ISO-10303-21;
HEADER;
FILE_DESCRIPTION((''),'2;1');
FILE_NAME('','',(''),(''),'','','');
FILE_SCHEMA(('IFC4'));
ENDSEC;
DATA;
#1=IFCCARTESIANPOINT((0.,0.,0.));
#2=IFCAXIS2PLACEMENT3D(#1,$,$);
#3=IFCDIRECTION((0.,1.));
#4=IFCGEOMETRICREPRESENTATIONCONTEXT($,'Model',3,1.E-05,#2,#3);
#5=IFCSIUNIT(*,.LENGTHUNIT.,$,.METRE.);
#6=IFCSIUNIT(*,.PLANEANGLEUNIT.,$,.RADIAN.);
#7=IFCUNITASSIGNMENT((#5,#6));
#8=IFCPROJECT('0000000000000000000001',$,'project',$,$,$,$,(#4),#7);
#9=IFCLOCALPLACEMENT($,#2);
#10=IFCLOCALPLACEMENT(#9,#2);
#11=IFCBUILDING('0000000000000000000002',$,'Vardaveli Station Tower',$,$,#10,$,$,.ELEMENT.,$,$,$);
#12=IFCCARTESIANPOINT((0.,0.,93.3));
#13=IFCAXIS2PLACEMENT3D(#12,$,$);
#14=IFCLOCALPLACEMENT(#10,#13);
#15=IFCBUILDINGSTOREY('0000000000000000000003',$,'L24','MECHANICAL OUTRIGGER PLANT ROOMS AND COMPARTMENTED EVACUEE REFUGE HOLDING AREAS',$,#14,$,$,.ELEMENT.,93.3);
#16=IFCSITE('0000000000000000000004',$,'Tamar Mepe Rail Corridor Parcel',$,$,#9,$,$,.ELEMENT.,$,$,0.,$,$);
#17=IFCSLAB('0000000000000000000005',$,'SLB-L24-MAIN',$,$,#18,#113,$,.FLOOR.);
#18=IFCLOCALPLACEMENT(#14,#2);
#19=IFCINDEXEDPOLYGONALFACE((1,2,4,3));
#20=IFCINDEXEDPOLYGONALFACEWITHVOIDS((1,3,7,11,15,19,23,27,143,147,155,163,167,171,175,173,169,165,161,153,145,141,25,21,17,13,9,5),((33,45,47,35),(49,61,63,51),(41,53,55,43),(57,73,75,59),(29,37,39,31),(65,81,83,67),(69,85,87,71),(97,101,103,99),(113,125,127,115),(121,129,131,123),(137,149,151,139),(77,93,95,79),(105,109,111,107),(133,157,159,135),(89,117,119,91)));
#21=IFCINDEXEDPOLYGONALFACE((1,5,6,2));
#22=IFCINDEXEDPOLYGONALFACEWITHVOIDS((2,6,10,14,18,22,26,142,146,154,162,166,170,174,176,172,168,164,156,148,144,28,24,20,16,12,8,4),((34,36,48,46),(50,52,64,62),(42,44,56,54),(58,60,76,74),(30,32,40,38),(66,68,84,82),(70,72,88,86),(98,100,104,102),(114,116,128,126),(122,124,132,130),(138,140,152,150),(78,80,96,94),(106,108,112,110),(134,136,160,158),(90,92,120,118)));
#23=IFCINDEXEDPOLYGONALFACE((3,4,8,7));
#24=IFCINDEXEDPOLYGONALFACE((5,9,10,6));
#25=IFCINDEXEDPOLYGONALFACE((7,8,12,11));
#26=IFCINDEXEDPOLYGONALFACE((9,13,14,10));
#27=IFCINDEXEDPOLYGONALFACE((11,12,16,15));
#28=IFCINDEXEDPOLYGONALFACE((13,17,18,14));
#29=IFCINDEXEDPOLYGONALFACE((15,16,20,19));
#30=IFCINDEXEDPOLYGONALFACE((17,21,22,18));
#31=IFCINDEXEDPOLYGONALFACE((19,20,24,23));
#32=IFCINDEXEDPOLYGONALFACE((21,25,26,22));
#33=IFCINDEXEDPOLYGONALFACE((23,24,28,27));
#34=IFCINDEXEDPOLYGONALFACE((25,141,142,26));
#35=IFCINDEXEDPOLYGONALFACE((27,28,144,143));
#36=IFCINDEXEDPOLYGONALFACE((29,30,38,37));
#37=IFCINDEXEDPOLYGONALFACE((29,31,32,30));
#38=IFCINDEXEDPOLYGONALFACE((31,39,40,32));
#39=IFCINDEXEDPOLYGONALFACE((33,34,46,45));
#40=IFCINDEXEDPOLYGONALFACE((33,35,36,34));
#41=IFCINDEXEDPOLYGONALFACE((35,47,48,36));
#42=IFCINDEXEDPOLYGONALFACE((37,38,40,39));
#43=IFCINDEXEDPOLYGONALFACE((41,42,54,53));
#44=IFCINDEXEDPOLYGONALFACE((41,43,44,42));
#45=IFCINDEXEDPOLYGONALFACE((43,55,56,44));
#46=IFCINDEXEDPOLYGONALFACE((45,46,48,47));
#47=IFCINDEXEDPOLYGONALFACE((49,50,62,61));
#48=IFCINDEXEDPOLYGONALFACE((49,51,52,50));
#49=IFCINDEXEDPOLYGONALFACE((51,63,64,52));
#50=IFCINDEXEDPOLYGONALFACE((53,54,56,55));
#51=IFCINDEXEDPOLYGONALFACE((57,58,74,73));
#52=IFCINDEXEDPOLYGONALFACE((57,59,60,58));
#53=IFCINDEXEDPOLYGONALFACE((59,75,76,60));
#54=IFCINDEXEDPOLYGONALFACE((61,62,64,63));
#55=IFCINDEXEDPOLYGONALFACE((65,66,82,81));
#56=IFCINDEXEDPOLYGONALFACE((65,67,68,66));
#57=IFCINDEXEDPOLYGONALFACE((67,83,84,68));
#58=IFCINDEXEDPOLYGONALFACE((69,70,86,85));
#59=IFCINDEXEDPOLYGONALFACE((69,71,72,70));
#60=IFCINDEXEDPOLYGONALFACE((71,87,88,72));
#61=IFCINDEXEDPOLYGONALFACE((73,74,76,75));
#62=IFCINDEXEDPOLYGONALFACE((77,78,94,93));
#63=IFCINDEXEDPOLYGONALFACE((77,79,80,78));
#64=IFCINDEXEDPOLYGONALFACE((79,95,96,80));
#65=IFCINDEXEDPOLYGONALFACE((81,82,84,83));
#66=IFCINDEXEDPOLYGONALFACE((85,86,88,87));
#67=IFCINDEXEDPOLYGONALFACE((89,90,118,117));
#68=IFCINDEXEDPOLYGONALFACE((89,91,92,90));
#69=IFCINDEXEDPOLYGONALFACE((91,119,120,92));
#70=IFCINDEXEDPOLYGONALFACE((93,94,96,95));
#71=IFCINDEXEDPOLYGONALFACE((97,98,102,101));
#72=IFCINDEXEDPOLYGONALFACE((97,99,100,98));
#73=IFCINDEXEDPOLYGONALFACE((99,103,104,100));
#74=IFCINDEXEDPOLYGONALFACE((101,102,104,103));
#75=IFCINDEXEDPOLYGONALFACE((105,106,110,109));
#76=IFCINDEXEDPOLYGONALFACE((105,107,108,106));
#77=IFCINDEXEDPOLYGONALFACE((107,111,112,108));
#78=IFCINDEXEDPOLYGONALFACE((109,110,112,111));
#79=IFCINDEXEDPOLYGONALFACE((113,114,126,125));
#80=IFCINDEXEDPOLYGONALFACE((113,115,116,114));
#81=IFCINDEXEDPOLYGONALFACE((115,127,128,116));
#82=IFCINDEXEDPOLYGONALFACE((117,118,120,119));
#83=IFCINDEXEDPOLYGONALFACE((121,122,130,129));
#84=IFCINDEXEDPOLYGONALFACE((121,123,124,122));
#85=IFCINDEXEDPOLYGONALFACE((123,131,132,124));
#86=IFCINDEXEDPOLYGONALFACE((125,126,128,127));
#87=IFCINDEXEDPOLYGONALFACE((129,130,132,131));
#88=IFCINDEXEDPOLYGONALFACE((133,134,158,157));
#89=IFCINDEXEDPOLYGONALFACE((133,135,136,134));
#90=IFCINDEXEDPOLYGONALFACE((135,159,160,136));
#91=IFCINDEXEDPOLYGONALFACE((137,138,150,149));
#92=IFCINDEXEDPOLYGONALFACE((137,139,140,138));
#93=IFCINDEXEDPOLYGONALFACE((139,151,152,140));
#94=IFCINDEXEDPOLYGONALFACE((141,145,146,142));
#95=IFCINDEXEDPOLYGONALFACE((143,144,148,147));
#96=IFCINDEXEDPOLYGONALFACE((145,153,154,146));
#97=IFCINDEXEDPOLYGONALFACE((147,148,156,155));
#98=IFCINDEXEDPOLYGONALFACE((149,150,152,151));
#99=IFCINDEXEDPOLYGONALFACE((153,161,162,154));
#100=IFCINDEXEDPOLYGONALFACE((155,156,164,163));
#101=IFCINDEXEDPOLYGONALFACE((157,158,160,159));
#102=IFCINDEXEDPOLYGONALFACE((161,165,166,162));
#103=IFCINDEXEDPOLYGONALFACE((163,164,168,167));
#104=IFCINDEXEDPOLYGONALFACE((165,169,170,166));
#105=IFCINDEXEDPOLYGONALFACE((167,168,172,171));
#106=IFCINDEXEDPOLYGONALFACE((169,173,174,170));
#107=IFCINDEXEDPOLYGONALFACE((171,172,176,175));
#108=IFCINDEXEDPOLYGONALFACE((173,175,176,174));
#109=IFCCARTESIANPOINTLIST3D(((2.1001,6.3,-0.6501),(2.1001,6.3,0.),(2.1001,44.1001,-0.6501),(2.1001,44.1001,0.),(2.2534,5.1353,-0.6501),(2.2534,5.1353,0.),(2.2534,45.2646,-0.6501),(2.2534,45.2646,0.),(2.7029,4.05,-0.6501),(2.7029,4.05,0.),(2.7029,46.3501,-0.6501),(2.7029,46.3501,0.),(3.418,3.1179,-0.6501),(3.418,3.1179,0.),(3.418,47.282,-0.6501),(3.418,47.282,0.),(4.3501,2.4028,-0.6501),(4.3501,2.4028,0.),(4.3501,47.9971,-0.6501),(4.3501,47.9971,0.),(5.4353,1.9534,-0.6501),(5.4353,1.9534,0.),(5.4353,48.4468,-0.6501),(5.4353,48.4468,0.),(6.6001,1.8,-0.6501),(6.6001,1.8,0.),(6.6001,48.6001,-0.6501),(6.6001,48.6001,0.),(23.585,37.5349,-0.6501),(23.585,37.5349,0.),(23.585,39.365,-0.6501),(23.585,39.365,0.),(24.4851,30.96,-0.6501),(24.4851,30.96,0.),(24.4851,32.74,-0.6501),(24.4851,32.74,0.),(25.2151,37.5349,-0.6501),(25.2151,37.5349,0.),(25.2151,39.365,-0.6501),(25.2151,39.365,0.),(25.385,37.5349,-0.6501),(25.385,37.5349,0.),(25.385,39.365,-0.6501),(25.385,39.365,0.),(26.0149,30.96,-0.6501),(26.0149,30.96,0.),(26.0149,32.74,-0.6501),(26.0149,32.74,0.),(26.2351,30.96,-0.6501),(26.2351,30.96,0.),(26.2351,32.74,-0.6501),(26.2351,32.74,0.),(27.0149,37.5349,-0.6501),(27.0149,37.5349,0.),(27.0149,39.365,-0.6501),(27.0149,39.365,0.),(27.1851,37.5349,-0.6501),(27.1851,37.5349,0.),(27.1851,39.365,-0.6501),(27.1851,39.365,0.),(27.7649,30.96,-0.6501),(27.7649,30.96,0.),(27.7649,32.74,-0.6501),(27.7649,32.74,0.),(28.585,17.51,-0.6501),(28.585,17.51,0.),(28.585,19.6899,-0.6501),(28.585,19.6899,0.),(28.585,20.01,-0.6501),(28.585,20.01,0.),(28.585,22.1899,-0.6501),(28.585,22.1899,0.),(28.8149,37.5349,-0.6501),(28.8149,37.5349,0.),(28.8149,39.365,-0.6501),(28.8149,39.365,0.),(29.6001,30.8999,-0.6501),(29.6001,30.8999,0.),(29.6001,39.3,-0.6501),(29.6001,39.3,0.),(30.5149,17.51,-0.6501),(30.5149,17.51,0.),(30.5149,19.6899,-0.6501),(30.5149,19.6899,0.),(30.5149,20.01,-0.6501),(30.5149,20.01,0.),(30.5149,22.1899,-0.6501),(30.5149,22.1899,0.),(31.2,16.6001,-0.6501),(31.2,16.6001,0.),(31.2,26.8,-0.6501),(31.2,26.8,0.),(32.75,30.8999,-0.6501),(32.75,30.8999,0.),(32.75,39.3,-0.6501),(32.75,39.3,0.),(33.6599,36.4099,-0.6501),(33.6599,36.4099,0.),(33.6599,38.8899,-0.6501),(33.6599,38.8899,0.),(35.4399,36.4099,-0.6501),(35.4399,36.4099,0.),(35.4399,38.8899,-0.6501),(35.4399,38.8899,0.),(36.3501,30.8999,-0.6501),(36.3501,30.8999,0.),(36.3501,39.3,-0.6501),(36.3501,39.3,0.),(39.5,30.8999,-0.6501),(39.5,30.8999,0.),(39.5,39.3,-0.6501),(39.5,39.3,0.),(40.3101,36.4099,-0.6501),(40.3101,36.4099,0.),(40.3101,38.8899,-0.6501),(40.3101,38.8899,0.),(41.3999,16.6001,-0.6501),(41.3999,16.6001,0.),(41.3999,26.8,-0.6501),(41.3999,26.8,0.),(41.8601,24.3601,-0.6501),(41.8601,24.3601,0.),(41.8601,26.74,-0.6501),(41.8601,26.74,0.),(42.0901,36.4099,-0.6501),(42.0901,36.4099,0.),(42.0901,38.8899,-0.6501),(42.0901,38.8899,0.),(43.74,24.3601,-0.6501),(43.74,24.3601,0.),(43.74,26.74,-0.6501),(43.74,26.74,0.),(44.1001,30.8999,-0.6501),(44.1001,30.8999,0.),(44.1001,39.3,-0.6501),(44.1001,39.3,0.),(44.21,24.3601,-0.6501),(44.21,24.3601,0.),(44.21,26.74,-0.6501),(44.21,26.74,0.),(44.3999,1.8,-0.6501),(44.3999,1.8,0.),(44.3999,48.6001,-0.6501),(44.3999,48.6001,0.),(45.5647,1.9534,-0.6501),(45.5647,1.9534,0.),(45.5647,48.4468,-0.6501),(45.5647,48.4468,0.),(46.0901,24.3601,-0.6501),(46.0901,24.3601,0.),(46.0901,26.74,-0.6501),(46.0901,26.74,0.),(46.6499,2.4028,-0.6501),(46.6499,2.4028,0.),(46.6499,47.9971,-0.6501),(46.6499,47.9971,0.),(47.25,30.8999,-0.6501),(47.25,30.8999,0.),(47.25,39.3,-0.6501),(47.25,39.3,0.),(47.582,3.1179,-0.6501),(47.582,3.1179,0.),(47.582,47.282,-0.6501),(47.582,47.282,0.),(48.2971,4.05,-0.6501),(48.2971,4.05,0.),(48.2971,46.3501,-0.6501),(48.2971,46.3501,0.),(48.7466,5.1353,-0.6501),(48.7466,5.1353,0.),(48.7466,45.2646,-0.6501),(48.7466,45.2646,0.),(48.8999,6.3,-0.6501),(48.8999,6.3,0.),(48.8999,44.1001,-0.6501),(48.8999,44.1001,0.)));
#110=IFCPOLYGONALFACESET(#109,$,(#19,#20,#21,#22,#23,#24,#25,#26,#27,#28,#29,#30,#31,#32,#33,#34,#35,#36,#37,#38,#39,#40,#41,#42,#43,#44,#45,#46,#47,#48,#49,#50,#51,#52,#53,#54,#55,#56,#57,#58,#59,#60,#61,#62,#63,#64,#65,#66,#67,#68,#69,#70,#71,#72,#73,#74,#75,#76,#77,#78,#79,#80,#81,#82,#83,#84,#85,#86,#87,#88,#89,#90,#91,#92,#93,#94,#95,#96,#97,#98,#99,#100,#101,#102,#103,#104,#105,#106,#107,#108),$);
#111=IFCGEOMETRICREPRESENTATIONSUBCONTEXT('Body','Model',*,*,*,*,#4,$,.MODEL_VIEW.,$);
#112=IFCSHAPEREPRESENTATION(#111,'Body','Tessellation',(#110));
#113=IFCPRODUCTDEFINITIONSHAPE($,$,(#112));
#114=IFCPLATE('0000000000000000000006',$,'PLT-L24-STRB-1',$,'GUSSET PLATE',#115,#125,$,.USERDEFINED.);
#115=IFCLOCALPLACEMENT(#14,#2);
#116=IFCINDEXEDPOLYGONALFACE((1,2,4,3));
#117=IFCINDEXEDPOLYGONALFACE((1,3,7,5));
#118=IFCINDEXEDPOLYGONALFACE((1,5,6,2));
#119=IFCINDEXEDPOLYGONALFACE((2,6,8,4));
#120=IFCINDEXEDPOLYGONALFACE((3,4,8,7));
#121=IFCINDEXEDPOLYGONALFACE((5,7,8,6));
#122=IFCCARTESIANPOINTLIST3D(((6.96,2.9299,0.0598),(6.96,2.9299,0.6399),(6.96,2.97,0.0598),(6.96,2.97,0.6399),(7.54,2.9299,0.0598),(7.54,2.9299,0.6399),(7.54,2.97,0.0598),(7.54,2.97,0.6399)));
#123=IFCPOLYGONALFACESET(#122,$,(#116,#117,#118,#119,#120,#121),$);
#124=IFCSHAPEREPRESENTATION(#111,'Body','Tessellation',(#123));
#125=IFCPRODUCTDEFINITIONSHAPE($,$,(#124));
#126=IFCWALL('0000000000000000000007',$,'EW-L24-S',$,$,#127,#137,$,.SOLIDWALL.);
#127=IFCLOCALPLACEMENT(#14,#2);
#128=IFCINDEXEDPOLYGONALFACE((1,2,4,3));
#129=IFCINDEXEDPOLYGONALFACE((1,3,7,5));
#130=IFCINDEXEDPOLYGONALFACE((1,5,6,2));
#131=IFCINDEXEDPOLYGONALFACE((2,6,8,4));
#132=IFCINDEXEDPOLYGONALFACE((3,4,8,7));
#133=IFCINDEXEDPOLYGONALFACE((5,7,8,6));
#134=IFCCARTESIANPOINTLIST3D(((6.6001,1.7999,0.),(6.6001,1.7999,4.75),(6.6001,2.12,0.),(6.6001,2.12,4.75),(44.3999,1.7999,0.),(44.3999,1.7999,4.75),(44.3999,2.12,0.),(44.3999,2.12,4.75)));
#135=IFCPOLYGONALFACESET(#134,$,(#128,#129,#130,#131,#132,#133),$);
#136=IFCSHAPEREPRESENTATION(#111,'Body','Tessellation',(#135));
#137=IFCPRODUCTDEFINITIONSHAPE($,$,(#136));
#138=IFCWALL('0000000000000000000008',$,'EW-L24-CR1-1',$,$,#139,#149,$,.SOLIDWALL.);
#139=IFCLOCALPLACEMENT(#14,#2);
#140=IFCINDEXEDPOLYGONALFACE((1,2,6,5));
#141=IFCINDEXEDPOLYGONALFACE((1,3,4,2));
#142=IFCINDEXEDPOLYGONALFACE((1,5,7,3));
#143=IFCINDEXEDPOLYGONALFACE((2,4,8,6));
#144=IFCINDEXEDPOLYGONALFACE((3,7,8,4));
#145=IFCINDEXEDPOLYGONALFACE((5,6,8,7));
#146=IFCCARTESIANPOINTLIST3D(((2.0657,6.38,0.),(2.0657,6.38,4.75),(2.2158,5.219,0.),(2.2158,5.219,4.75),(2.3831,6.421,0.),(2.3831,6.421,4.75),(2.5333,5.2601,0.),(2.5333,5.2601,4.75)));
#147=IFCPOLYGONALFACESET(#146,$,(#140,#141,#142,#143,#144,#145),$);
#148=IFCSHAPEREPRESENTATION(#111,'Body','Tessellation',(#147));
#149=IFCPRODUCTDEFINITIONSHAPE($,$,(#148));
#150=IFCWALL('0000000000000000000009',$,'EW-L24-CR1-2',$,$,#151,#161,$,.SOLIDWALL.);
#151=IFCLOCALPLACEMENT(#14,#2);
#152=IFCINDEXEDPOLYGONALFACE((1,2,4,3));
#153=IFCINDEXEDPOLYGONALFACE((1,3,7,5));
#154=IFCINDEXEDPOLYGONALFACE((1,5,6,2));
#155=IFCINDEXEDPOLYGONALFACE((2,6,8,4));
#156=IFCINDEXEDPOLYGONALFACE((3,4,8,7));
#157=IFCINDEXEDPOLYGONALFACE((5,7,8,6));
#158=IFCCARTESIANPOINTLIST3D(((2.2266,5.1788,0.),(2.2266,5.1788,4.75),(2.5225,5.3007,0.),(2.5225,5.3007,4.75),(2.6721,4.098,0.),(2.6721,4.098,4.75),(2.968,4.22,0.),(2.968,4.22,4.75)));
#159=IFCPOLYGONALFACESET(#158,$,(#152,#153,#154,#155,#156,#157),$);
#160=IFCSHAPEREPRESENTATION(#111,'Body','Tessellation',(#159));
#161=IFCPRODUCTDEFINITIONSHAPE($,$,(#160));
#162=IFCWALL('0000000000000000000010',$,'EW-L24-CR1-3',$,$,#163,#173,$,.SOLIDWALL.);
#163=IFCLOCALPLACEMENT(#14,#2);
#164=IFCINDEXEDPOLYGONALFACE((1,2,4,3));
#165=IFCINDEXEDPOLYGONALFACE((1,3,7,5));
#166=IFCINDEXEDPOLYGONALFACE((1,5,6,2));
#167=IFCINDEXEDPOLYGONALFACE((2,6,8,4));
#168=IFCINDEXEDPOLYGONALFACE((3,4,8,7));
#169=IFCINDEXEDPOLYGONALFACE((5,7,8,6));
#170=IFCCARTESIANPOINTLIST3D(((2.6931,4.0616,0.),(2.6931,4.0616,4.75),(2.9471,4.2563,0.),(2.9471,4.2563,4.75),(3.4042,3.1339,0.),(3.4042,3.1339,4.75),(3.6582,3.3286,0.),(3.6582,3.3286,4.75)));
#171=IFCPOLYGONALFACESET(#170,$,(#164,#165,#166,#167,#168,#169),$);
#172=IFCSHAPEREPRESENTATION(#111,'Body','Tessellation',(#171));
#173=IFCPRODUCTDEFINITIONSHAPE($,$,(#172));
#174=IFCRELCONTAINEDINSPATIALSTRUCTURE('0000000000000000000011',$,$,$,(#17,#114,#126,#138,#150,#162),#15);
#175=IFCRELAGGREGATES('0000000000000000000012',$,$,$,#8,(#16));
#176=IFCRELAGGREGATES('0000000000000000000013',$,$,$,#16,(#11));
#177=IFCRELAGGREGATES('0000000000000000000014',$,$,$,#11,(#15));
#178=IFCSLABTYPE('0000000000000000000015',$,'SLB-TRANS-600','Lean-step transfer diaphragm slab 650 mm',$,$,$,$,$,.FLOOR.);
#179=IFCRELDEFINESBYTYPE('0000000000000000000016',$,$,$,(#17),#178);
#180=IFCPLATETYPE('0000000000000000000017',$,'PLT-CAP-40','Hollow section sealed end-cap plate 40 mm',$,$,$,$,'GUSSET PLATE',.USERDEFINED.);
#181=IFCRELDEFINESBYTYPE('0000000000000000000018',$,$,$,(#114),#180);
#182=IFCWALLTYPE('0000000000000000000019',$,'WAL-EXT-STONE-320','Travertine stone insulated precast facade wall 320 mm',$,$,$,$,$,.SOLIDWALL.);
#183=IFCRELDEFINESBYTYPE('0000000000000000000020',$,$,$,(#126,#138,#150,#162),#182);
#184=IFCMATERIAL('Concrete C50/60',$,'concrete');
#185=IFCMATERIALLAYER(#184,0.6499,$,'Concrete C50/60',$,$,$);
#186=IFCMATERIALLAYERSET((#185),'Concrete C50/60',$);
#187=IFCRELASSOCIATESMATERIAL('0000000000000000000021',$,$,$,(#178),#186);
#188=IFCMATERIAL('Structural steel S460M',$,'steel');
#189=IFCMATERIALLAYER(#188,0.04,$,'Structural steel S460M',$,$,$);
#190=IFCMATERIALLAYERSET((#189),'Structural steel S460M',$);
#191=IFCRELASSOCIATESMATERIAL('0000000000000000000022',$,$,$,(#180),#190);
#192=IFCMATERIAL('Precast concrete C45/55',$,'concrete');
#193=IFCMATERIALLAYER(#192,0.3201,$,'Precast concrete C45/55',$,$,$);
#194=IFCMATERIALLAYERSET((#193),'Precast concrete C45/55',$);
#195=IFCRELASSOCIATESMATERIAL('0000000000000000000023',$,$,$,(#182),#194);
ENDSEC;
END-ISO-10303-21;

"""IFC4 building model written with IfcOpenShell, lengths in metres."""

from ifc_helpers import new_model, si_unit, direction, frame, frame_2d, origin, origin_2d, place, context, subcontext, project, spatial, polyline, rectangle, outline, extrude, source, transform, mapped, material, layer, layer_set, type_object, element, save


model = new_model("IFC4")

# Units and contexts
model_context = context("Model", 3, precision=1e-05, world=origin(), true_north=direction((0.0, 1.0)))
body_context = subcontext(model_context, "Body", "Model", "MODEL_VIEW")
ifc_project = project(units=[si_unit("LENGTHUNIT", "METRE"), si_unit("PLANEANGLEUNIT", "RADIAN")], contexts=[model_context])

# Site, building, storey
site_placement = place(None, origin())
site = spatial("IfcSite", under=ifc_project, at=site_placement, Name="Tamar Mepe Rail Corridor Parcel", CompositionType="ELEMENT", RefElevation=0.0)
building_placement = place(site_placement, origin())
building = spatial("IfcBuilding", under=site, at=building_placement, Name="Vardaveli Station Tower", CompositionType="ELEMENT")
storey_placement = place(building_placement, frame((0.0, 0.0, 93.3)))
storey = spatial("IfcBuildingStorey", under=building, at=storey_placement, Name="L24", Description="MECHANICAL OUTRIGGER PLANT ROOMS AND COMPARTMENTED EVACUEE REFUGE HOLDING AREAS", CompositionType="ELEMENT", Elevation=93.3)

# Shared definitions
ifc_material_1 = material(Name="Structural steel S460M", Category="steel")

# Slab
ifc_material_2 = material(Name="Concrete C50/60", Category="concrete")
ifc_layer_1 = layer(ifc_material_2, 0.6499, Name="Concrete C50/60")
ifc_layer_set_1 = layer_set([ifc_layer_1], Name="Concrete C50/60")
slab_type_1 = type_object("IfcSlabType", Name="SLB-TRANS-600", Description="Lean-step transfer diaphragm slab 650 mm", PredefinedType="FLOOR", material=ifc_layer_set_1)
slab_1_placement = place(storey_placement, frame((0.0, 0.0, -0.6501)))
element("IfcSlab", 1, at=slab_1_placement, inside=storey, type_object=slab_type_1, Name="SLB-L24-MAIN", PredefinedType="FLOOR", context=body_context, shape_type="SweptSolid", body=[
    extrude(outline(polyline([(2.1001, 6.3), (2.2534, 5.1353), (2.7029, 4.05), (3.418, 3.1179), (4.3501, 2.4028), (5.4353, 1.9534), (6.6001, 1.8), (44.3999, 1.8), (45.5647, 1.9534), (46.6499, 2.4028), (47.582, 3.1179), (48.2971, 4.05), (48.7466, 5.1353), (48.8999, 6.3), (48.8999, 44.1001), (48.7466, 45.2646), (48.2971, 46.3501), (47.582, 47.282), (46.6499, 47.9971), (45.5647, 48.4468), (44.3999, 48.6001), (6.6001, 48.6001), (5.4353, 48.4468), (4.3501, 47.9971), (3.418, 47.282), (2.7029, 46.3501), (2.2534, 45.2646), (2.1001, 44.1001), (2.1001, 6.3)]), holes=[polyline([(31.2, 16.6001), (41.3999, 16.6001), (41.3999, 26.8), (31.2, 26.8), (31.2, 16.6001)]), polyline([(32.75, 30.8999), (32.75, 39.3), (29.6001, 39.3), (29.6001, 30.8999), (32.75, 30.8999)]), polyline([(39.5, 30.8999), (39.5, 39.3), (36.3501, 39.3), (36.3501, 30.8999), (39.5, 30.8999)]), polyline([(47.25, 30.8999), (47.25, 39.3), (44.1001, 39.3), (44.1001, 30.8999), (47.25, 30.8999)]), polyline([(23.585, 37.5349), (25.2151, 37.5349), (25.2151, 39.365), (23.585, 39.365), (23.585, 37.5349)]), polyline([(25.385, 37.5349), (27.0149, 37.5349), (27.0149, 39.365), (25.385, 39.365), (25.385, 37.5349)]), polyline([(27.1851, 37.5349), (28.8149, 37.5349), (28.8149, 39.365), (27.1851, 39.365), (27.1851, 37.5349)]), polyline([(33.6599, 36.4099), (35.4399, 36.4099), (35.4399, 38.8899), (33.6599, 38.8899), (33.6599, 36.4099)]), polyline([(40.3101, 36.4099), (42.0901, 36.4099), (42.0901, 38.8899), (40.3101, 38.8899), (40.3101, 36.4099)]), polyline([(24.4851, 30.96), (26.0149, 30.96), (26.0149, 32.74), (24.4851, 32.74), (24.4851, 30.96)]), polyline([(26.2351, 30.96), (27.7649, 30.96), (27.7649, 32.74), (26.2351, 32.74), (26.2351, 30.96)]), polyline([(28.585, 17.51), (30.5149, 17.51), (30.5149, 19.6899), (28.585, 19.6899), (28.585, 17.51)]), polyline([(28.585, 20.01), (30.5149, 20.01), (30.5149, 22.1899), (28.585, 22.1899), (28.585, 20.01)]), polyline([(41.8601, 24.3601), (43.74, 24.3601), (43.74, 26.74), (41.8601, 26.74), (41.8601, 24.3601)]), polyline([(44.21, 24.3601), (46.0901, 24.3601), (46.0901, 26.74), (44.21, 26.74), (44.21, 24.3601)])]), origin(), (0.0, 0.0, 1.0), 0.6501),
])

# Plate
ifc_layer_2 = layer(ifc_material_1, 0.04, Name="Structural steel S460M")
ifc_layer_set_2 = layer_set([ifc_layer_2], Name="Structural steel S460M")
plate_type = type_object("IfcPlateType", Name="PLT-CAP-40", Description="Hollow section sealed end-cap plate 40 mm", ElementType="GUSSET PLATE", PredefinedType="USERDEFINED", material=ifc_layer_set_2)
shared_shape_1 = source(origin(), body_context, "Body", "SweptSolid", [
    extrude(rectangle(XDim=0.5801, YDim=0.04, at=origin_2d()), origin(), (0.0, 0.0, 1.0), 0.5801),
])
plate_placement = place(storey_placement, frame((7.25, 2.95, 0.0598), z_axis=(0.0, 0.0, 1.0), x_axis=(1.0, 0.0, 0.0)))
element("IfcPlate", 2, at=plate_placement, inside=storey, type_object=plate_type, Name="PLT-L24-STRB-1", ObjectType="GUSSET PLATE", PredefinedType="USERDEFINED", context=body_context, shape_type="MappedRepresentation", body=[
    mapped(shared_shape_1, transform((0.0, 0.0, 0.0), scale=1.0)),
])

# Walls
ifc_material_3 = material(Name="Precast concrete C45/55", Category="concrete")
ifc_layer_3 = layer(ifc_material_3, 0.3201, Name="Precast concrete C45/55")
ifc_layer_set_3 = layer_set([ifc_layer_3], Name="Precast concrete C45/55")
wall_type_1 = type_object("IfcWallType", Name="WAL-EXT-STONE-320", Description="Travertine stone insulated precast facade wall 320 mm", PredefinedType="SOLIDWALL", material=ifc_layer_set_3)
shared_shape_2 = source(origin(), body_context, "Body", "SweptSolid", [
    extrude(rectangle(XDim=37.7998, YDim=0.3201, at=frame_2d((18.8999, 0.0))), origin(), (0.0, 0.0, 1.0), 4.75),
])
wall_1_placement = place(storey_placement, frame((6.6001, 1.96, 0.0), z_axis=(0.0, 0.0, 1.0), x_axis=(1.0, 0.0, 0.0)))
element("IfcWall", 3, at=wall_1_placement, inside=storey, type_object=wall_type_1, Name="EW-L24-S", PredefinedType="SOLIDWALL", context=body_context, shape_type="MappedRepresentation", body=[
    mapped(shared_shape_2, transform((0.0, 0.0, 0.0), scale=1.0)),
])
shared_shape_3 = source(origin(), body_context, "Body", "SweptSolid", [
    extrude(rectangle(XDim=1.1707, YDim=0.3201, at=frame_2d((0.5854, 0.0))), origin(), (0.0, 0.0, 1.0), 4.75),
])
wall_2_placement = place(storey_placement, frame((2.2244, 6.4006, 0.0), z_axis=(0.0, 0.0, 1.0), x_axis=(0.128269, -0.991739, 0.0)))
element("IfcWall", 4, at=wall_2_placement, inside=storey, type_object=wall_type_1, Name="EW-L24-CR1-1", PredefinedType="SOLIDWALL", context=body_context, shape_type="MappedRepresentation", body=[
    mapped(shared_shape_3, transform((0.0, 0.0, 0.0), scale=1.0)),
])
shared_shape_4 = source(origin(), body_context, "Body", "SweptSolid", [
    extrude(rectangle(XDim=1.1689, YDim=0.3201, at=frame_2d((0.5845, 0.0))), origin(), (0.0, 0.0, 1.0), 4.75),
])
for number, where, z_axis, x_axis, name in (
    (5, (2.3745, 5.2397, 0.0), (0.0, 0.0, 1.0), (0.381128, -0.924522, 0.0), "EW-L24-CR1-2"),
    (6, (2.8201, 4.1589, 0.0), (0.0, 0.0, 1.0), (0.608388, -0.79364, 0.0), "EW-L24-CR1-3"),
):
    element("IfcWall", number, at=place(storey_placement, frame(where, z_axis=z_axis, x_axis=x_axis)), inside=storey, type_object=wall_type_1, Name=name, PredefinedType="SOLIDWALL", context=body_context, shape_type="MappedRepresentation", body=[
        mapped(shared_shape_4, transform((0.0, 0.0, 0.0), scale=1.0)),
    ])

save(model, "model.ifc")
